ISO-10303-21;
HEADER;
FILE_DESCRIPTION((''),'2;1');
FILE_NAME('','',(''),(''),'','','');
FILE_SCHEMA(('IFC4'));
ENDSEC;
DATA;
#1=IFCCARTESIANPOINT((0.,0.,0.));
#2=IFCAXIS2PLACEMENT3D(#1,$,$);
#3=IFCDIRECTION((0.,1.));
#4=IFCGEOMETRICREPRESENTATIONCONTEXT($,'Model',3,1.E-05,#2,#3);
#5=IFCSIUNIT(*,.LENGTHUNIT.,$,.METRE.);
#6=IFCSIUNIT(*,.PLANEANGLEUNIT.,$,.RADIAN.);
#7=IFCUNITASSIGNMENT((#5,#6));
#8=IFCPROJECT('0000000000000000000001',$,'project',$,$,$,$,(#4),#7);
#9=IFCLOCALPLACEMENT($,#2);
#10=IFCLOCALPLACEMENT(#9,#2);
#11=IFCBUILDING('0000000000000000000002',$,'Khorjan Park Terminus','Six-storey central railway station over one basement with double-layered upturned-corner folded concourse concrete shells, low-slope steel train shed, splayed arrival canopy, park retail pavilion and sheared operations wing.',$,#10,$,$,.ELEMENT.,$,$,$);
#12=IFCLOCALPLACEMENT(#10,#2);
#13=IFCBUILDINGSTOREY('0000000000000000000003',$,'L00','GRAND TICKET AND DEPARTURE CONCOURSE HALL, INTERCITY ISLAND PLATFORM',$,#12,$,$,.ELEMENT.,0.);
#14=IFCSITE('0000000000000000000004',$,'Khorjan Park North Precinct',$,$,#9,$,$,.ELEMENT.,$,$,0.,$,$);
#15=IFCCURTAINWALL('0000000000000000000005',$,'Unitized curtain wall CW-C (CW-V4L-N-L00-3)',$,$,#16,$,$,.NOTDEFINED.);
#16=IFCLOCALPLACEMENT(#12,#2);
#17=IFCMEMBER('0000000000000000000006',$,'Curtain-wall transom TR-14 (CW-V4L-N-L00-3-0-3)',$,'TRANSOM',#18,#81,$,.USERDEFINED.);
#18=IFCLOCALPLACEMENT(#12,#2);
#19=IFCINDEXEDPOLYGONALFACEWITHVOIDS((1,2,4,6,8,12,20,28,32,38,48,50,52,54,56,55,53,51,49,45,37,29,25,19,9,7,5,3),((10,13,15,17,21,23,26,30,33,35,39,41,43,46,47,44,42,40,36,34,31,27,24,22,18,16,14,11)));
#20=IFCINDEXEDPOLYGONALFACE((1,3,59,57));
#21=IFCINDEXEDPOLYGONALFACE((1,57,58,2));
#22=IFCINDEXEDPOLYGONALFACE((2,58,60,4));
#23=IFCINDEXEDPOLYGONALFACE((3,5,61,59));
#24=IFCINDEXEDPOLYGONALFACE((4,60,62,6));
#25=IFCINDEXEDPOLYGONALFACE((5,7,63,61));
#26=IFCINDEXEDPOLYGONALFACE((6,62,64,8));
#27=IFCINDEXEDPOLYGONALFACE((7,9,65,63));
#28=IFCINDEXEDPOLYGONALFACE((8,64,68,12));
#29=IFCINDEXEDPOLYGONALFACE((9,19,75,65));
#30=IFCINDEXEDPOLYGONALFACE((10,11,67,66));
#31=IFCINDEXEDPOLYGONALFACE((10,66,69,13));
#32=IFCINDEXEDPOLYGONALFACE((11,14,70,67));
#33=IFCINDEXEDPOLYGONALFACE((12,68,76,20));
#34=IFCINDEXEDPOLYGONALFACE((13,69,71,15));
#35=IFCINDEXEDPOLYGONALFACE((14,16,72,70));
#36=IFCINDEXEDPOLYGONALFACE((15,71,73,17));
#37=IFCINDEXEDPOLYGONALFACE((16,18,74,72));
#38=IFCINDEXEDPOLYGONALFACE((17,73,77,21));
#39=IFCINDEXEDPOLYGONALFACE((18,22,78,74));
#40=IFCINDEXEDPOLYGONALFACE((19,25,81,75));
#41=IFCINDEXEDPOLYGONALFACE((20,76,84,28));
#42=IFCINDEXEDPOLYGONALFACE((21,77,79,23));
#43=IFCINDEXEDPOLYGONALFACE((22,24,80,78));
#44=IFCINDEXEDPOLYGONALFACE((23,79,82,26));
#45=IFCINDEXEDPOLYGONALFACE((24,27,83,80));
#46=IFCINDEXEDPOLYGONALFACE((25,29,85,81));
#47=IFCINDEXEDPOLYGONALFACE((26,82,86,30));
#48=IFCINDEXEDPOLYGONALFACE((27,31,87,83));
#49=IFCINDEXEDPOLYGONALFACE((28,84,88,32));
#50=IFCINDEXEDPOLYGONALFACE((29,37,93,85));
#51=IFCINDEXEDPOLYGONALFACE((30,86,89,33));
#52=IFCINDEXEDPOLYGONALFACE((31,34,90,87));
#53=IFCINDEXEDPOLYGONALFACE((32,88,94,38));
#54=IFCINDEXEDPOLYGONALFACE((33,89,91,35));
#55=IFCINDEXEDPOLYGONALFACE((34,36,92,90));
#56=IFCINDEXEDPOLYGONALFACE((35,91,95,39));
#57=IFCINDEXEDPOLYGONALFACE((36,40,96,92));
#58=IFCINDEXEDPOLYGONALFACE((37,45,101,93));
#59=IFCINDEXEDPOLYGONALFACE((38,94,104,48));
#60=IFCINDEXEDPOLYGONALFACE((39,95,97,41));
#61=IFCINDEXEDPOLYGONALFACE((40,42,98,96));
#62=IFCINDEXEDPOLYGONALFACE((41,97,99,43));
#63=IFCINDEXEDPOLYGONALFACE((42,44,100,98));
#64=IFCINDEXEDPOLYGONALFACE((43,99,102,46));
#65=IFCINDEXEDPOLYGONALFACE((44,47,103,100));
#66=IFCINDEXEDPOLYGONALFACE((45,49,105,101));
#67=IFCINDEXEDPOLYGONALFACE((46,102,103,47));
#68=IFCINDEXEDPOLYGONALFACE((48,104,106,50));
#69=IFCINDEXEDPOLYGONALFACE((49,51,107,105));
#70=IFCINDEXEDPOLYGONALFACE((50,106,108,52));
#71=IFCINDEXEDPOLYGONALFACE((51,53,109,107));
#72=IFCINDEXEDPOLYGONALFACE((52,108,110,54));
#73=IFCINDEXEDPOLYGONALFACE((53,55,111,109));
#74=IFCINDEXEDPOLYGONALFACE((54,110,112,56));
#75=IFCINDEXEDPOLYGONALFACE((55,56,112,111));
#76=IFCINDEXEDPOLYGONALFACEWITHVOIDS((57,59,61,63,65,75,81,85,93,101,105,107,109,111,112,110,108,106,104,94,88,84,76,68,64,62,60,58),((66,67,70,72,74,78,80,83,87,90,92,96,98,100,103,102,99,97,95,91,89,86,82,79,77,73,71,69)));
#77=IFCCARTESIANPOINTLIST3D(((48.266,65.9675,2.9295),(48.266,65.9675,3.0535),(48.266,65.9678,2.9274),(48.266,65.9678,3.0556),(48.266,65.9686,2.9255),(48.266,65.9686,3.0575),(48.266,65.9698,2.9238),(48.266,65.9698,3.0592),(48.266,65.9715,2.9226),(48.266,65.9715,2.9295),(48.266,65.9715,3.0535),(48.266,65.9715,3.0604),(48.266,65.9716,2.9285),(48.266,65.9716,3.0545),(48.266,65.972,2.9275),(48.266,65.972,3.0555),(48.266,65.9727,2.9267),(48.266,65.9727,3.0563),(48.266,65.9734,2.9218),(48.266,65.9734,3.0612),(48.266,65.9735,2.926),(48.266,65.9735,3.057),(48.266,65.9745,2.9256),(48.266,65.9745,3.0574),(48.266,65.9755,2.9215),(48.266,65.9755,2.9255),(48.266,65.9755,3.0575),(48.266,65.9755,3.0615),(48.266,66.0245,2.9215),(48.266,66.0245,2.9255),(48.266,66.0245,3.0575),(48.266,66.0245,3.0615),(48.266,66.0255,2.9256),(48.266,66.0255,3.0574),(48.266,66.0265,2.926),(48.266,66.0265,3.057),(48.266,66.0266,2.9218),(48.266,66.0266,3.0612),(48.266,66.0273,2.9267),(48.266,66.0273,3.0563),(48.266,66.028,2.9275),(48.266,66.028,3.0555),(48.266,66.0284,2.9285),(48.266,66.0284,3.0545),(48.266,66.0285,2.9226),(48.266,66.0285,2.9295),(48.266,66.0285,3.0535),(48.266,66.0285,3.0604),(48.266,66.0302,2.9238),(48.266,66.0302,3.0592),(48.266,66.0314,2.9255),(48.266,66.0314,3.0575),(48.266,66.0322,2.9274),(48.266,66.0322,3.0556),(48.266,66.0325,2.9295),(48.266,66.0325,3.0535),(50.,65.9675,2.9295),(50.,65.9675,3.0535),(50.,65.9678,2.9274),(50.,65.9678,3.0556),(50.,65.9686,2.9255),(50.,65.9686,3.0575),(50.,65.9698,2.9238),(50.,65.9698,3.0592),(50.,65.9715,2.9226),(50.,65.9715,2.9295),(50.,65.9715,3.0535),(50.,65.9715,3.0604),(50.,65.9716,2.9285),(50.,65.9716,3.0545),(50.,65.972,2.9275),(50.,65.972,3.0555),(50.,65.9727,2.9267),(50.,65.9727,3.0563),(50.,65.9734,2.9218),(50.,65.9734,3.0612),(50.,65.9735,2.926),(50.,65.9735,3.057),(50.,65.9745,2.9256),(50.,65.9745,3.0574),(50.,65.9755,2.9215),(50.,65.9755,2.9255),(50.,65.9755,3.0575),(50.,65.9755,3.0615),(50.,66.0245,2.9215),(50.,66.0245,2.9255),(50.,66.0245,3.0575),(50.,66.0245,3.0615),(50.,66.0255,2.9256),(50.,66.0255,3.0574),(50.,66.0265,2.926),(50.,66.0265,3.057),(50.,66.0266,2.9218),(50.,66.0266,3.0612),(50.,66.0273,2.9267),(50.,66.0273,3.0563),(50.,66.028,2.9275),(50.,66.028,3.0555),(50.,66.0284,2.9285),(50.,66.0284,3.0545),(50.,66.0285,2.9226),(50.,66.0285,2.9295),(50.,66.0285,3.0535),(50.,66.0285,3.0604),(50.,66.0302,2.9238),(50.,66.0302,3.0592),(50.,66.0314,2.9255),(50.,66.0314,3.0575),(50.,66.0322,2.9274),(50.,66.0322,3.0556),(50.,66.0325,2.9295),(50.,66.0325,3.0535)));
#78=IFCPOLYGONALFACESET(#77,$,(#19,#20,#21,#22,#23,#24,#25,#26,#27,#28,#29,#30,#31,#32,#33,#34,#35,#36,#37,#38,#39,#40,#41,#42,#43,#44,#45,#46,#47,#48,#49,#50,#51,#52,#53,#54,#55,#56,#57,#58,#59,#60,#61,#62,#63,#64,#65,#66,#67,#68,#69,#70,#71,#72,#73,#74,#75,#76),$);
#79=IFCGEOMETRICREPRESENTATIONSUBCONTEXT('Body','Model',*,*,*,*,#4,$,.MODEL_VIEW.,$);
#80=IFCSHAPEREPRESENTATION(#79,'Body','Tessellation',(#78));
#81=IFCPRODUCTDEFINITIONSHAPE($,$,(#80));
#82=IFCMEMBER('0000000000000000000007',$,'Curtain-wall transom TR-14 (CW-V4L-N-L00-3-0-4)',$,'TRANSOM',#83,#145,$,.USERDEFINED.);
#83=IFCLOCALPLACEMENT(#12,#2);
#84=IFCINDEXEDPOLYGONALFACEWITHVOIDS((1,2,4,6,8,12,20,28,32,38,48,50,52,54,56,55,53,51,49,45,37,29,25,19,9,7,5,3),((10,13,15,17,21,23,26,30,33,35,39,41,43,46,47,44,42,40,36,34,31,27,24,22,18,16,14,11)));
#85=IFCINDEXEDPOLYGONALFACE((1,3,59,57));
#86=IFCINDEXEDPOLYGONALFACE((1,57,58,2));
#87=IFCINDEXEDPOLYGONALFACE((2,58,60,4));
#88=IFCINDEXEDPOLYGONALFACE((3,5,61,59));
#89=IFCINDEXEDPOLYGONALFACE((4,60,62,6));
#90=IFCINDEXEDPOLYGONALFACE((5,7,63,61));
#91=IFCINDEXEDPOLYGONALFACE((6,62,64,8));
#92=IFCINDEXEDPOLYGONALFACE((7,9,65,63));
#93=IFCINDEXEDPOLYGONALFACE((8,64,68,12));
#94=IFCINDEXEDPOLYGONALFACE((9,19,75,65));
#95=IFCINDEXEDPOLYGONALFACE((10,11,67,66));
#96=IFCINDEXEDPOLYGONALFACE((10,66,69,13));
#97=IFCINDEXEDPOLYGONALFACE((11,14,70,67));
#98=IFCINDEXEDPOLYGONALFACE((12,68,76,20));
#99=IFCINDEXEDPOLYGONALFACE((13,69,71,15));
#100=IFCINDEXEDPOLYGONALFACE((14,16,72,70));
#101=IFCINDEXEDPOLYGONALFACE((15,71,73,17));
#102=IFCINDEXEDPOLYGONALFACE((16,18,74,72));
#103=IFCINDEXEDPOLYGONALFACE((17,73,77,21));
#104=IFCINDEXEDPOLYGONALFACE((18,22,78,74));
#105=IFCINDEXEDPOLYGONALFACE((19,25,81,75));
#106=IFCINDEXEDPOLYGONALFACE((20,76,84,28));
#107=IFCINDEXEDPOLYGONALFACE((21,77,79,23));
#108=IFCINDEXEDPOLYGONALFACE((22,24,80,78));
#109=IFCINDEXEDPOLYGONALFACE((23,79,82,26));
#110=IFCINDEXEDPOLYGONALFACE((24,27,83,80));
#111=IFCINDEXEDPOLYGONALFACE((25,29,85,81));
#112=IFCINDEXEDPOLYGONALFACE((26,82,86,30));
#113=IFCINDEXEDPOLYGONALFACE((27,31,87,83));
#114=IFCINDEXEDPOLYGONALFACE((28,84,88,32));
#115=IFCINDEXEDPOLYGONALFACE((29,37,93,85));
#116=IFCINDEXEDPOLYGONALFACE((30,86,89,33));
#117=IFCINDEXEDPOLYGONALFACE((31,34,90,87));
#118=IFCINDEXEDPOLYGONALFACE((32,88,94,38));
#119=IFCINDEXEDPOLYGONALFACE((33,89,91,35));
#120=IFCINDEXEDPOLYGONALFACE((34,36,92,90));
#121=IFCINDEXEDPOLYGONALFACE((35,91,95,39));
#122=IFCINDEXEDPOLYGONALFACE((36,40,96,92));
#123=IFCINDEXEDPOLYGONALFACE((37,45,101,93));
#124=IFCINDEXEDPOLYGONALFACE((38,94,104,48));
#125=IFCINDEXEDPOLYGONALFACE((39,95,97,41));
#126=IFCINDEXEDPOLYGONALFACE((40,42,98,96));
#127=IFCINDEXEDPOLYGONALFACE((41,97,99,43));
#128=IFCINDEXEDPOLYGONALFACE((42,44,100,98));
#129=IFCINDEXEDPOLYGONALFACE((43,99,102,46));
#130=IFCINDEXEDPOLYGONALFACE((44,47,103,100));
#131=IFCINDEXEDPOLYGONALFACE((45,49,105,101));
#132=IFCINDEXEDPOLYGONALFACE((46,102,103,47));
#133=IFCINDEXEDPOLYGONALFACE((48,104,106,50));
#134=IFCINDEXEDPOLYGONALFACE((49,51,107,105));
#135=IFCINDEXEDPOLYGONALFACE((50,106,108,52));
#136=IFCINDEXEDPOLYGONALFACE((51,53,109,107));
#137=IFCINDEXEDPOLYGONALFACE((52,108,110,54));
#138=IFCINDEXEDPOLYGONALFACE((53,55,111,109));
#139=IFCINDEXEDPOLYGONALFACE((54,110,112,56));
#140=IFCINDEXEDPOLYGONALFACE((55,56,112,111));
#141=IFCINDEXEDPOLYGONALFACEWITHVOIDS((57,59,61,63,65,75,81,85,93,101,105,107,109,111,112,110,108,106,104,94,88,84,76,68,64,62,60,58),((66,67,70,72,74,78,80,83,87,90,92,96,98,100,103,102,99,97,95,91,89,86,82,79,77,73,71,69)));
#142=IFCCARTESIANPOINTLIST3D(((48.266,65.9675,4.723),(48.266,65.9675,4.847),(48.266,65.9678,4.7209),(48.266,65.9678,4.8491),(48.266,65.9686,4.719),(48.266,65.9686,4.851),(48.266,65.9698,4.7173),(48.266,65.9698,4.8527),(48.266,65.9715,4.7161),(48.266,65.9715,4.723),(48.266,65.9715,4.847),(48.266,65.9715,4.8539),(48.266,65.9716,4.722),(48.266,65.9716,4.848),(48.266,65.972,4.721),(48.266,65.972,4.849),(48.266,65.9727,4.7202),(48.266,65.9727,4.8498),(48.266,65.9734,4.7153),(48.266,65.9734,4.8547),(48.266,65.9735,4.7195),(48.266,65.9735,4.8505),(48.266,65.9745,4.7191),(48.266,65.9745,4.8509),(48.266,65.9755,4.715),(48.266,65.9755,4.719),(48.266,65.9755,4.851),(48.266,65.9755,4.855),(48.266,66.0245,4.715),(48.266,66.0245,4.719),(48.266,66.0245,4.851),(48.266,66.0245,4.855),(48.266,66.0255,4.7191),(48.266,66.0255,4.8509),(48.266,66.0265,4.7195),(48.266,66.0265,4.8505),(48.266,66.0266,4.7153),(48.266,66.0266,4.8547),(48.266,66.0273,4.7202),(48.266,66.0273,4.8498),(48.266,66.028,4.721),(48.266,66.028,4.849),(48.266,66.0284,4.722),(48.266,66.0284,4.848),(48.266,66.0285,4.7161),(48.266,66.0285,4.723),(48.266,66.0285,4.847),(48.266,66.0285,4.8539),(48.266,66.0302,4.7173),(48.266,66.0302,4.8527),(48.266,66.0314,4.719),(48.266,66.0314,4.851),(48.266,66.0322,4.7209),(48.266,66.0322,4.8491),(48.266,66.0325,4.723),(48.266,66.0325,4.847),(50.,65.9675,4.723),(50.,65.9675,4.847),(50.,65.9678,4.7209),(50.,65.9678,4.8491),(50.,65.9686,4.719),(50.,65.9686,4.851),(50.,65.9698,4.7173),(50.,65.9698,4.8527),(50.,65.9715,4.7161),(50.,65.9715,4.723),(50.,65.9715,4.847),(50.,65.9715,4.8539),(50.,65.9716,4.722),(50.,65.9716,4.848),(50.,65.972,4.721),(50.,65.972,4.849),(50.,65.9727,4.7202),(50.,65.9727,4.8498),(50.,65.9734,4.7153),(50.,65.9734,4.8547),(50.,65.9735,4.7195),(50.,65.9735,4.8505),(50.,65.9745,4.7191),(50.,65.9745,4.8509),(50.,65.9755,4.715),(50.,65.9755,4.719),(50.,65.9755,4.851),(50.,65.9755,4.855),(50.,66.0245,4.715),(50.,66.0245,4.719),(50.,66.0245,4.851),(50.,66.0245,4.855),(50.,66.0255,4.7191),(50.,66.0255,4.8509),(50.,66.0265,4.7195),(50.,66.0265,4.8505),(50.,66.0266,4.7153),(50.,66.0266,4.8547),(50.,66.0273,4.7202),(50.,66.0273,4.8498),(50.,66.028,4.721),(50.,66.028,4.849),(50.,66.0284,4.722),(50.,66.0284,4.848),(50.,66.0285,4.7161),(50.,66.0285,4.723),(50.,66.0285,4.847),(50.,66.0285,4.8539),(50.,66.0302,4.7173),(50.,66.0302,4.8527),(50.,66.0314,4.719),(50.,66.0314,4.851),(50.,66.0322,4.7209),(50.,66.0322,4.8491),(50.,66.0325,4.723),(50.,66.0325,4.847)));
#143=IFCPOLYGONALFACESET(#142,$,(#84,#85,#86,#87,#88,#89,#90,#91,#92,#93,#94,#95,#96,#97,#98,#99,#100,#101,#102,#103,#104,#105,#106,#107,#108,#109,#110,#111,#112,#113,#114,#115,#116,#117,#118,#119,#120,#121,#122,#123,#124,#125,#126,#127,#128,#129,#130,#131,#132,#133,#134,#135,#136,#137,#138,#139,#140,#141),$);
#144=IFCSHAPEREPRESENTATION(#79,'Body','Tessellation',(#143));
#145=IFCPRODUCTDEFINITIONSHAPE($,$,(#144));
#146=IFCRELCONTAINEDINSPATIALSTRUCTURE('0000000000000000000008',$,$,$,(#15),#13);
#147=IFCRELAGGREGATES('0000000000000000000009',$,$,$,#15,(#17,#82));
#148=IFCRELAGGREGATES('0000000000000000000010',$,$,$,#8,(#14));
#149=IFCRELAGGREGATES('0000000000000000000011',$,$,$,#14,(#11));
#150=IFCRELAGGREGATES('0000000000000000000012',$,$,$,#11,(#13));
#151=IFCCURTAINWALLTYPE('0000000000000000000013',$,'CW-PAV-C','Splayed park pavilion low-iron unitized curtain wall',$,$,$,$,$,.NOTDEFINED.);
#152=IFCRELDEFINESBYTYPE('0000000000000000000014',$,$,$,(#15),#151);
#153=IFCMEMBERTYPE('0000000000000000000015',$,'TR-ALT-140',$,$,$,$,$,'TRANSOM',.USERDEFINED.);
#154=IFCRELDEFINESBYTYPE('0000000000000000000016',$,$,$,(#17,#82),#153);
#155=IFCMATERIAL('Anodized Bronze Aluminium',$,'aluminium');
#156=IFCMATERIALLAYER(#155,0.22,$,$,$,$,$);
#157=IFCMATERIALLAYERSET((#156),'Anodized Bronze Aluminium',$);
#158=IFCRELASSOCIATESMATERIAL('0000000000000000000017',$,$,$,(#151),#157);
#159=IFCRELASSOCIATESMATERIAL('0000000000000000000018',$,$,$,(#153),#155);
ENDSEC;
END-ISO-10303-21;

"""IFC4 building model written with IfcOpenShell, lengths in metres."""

from ifc_helpers import new_model, si_unit, direction, frame, origin, origin_2d, place, context, subcontext, project, spatial, hollow_rectangle, extrude, material, layer, layer_set, material_profile, profile_set, type_object, element, aggregate, save


model = new_model("IFC4")

# Units and contexts
model_context = context("Model", 3, precision=1e-05, world=origin(), true_north=direction((0.0, 1.0)))
body_context = subcontext(model_context, "Body", "Model", "MODEL_VIEW")
ifc_project = project(units=[si_unit("LENGTHUNIT", "METRE"), si_unit("PLANEANGLEUNIT", "RADIAN")], contexts=[model_context])

# Site, building, storey
site_placement = place(None, origin())
site = spatial("IfcSite", under=ifc_project, at=site_placement, Name="Khorjan Park North Precinct", CompositionType="ELEMENT", RefElevation=0.0)
building_placement = place(site_placement, origin())
building = spatial("IfcBuilding", under=site, at=building_placement, Name="Khorjan Park Terminus", Description="Six-storey central railway station over one basement with double-layered upturned-corner folded concourse concrete shells, low-slope steel train shed, splayed arrival canopy, park retail pavilion and sheared operations wing.", CompositionType="ELEMENT")
storey_placement = place(building_placement, origin())
storey = spatial("IfcBuildingStorey", under=building, at=storey_placement, Name="L00", Description="GRAND TICKET AND DEPARTURE CONCOURSE HALL, INTERCITY ISLAND PLATFORM", CompositionType="ELEMENT", Elevation=0.0)

# Curtain wall
ifc_material_1 = material(Name="Anodized Bronze Aluminium", Category="aluminium")
ifc_layer_1 = layer(ifc_material_1, 0.22)
ifc_layer_set_1 = layer_set([ifc_layer_1], Name="Anodized Bronze Aluminium")
curtain_wall_type_1 = type_object("IfcCurtainWallType", Name="CW-PAV-C", Description="Splayed park pavilion low-iron unitized curtain wall", PredefinedType="NOTDEFINED", material=ifc_layer_set_1)
curtain_wall_1_placement = place(storey_placement, origin())
curtain_wall_1 = element("IfcCurtainWall", 1, at=curtain_wall_1_placement, inside=storey, type_object=curtain_wall_type_1, Name="Unitized curtain wall CW-C (CW-V4L-N-L00-3)", PredefinedType="NOTDEFINED")

# Members
ifc_material_profile_1 = material_profile(ifc_material_1, hollow_rectangle(XDim=0.065, YDim=0.14, WallThickness=0.004, InnerFilletRadius=0.004, OuterFilletRadius=0.008, at=origin_2d()), Name="ALT 65x140x4")
ifc_profile_set_1 = profile_set([ifc_material_profile_1], Name="Anodized Bronze Aluminium")
member_type_1 = type_object("IfcMemberType", Name="TR-ALT-140", ElementType="TRANSOM", PredefinedType="USERDEFINED", material=ifc_profile_set_1)
member_1_placement = place(storey_placement, frame((50.0, 66.0, 2.9915), z_axis=(-1.0, 0.0, 0.0), x_axis=(0.0, -1.0, 0.0)))
member_1 = element("IfcMember", 2, at=member_1_placement, type_object=member_type_1, Name="Curtain-wall transom TR-14 (CW-V4L-N-L00-3-0-3)", ObjectType="TRANSOM", PredefinedType="USERDEFINED", context=body_context, shape_type="SweptSolid", body=[
    extrude(hollow_rectangle(XDim=0.065, YDim=0.14, WallThickness=0.004, InnerFilletRadius=0.004, OuterFilletRadius=0.008, at=origin_2d()), origin(), (0.0, 0.0, 1.0), 1.734),
])
member_2_placement = place(storey_placement, frame((50.0, 66.0, 4.785), z_axis=(-1.0, 0.0, 0.0), x_axis=(0.0, -1.0, 0.0)))
member_2 = element("IfcMember", 3, at=member_2_placement, type_object=member_type_1, Name="Curtain-wall transom TR-14 (CW-V4L-N-L00-3-0-4)", ObjectType="TRANSOM", PredefinedType="USERDEFINED", context=body_context, shape_type="SweptSolid", body=[
    extrude(hollow_rectangle(XDim=0.065, YDim=0.14, WallThickness=0.004, InnerFilletRadius=0.004, OuterFilletRadius=0.008, at=origin_2d()), origin(), (0.0, 0.0, 1.0), 1.734),
])

aggregate(curtain_wall_1, [member_1, member_2])

save(model, "model.ifc")
